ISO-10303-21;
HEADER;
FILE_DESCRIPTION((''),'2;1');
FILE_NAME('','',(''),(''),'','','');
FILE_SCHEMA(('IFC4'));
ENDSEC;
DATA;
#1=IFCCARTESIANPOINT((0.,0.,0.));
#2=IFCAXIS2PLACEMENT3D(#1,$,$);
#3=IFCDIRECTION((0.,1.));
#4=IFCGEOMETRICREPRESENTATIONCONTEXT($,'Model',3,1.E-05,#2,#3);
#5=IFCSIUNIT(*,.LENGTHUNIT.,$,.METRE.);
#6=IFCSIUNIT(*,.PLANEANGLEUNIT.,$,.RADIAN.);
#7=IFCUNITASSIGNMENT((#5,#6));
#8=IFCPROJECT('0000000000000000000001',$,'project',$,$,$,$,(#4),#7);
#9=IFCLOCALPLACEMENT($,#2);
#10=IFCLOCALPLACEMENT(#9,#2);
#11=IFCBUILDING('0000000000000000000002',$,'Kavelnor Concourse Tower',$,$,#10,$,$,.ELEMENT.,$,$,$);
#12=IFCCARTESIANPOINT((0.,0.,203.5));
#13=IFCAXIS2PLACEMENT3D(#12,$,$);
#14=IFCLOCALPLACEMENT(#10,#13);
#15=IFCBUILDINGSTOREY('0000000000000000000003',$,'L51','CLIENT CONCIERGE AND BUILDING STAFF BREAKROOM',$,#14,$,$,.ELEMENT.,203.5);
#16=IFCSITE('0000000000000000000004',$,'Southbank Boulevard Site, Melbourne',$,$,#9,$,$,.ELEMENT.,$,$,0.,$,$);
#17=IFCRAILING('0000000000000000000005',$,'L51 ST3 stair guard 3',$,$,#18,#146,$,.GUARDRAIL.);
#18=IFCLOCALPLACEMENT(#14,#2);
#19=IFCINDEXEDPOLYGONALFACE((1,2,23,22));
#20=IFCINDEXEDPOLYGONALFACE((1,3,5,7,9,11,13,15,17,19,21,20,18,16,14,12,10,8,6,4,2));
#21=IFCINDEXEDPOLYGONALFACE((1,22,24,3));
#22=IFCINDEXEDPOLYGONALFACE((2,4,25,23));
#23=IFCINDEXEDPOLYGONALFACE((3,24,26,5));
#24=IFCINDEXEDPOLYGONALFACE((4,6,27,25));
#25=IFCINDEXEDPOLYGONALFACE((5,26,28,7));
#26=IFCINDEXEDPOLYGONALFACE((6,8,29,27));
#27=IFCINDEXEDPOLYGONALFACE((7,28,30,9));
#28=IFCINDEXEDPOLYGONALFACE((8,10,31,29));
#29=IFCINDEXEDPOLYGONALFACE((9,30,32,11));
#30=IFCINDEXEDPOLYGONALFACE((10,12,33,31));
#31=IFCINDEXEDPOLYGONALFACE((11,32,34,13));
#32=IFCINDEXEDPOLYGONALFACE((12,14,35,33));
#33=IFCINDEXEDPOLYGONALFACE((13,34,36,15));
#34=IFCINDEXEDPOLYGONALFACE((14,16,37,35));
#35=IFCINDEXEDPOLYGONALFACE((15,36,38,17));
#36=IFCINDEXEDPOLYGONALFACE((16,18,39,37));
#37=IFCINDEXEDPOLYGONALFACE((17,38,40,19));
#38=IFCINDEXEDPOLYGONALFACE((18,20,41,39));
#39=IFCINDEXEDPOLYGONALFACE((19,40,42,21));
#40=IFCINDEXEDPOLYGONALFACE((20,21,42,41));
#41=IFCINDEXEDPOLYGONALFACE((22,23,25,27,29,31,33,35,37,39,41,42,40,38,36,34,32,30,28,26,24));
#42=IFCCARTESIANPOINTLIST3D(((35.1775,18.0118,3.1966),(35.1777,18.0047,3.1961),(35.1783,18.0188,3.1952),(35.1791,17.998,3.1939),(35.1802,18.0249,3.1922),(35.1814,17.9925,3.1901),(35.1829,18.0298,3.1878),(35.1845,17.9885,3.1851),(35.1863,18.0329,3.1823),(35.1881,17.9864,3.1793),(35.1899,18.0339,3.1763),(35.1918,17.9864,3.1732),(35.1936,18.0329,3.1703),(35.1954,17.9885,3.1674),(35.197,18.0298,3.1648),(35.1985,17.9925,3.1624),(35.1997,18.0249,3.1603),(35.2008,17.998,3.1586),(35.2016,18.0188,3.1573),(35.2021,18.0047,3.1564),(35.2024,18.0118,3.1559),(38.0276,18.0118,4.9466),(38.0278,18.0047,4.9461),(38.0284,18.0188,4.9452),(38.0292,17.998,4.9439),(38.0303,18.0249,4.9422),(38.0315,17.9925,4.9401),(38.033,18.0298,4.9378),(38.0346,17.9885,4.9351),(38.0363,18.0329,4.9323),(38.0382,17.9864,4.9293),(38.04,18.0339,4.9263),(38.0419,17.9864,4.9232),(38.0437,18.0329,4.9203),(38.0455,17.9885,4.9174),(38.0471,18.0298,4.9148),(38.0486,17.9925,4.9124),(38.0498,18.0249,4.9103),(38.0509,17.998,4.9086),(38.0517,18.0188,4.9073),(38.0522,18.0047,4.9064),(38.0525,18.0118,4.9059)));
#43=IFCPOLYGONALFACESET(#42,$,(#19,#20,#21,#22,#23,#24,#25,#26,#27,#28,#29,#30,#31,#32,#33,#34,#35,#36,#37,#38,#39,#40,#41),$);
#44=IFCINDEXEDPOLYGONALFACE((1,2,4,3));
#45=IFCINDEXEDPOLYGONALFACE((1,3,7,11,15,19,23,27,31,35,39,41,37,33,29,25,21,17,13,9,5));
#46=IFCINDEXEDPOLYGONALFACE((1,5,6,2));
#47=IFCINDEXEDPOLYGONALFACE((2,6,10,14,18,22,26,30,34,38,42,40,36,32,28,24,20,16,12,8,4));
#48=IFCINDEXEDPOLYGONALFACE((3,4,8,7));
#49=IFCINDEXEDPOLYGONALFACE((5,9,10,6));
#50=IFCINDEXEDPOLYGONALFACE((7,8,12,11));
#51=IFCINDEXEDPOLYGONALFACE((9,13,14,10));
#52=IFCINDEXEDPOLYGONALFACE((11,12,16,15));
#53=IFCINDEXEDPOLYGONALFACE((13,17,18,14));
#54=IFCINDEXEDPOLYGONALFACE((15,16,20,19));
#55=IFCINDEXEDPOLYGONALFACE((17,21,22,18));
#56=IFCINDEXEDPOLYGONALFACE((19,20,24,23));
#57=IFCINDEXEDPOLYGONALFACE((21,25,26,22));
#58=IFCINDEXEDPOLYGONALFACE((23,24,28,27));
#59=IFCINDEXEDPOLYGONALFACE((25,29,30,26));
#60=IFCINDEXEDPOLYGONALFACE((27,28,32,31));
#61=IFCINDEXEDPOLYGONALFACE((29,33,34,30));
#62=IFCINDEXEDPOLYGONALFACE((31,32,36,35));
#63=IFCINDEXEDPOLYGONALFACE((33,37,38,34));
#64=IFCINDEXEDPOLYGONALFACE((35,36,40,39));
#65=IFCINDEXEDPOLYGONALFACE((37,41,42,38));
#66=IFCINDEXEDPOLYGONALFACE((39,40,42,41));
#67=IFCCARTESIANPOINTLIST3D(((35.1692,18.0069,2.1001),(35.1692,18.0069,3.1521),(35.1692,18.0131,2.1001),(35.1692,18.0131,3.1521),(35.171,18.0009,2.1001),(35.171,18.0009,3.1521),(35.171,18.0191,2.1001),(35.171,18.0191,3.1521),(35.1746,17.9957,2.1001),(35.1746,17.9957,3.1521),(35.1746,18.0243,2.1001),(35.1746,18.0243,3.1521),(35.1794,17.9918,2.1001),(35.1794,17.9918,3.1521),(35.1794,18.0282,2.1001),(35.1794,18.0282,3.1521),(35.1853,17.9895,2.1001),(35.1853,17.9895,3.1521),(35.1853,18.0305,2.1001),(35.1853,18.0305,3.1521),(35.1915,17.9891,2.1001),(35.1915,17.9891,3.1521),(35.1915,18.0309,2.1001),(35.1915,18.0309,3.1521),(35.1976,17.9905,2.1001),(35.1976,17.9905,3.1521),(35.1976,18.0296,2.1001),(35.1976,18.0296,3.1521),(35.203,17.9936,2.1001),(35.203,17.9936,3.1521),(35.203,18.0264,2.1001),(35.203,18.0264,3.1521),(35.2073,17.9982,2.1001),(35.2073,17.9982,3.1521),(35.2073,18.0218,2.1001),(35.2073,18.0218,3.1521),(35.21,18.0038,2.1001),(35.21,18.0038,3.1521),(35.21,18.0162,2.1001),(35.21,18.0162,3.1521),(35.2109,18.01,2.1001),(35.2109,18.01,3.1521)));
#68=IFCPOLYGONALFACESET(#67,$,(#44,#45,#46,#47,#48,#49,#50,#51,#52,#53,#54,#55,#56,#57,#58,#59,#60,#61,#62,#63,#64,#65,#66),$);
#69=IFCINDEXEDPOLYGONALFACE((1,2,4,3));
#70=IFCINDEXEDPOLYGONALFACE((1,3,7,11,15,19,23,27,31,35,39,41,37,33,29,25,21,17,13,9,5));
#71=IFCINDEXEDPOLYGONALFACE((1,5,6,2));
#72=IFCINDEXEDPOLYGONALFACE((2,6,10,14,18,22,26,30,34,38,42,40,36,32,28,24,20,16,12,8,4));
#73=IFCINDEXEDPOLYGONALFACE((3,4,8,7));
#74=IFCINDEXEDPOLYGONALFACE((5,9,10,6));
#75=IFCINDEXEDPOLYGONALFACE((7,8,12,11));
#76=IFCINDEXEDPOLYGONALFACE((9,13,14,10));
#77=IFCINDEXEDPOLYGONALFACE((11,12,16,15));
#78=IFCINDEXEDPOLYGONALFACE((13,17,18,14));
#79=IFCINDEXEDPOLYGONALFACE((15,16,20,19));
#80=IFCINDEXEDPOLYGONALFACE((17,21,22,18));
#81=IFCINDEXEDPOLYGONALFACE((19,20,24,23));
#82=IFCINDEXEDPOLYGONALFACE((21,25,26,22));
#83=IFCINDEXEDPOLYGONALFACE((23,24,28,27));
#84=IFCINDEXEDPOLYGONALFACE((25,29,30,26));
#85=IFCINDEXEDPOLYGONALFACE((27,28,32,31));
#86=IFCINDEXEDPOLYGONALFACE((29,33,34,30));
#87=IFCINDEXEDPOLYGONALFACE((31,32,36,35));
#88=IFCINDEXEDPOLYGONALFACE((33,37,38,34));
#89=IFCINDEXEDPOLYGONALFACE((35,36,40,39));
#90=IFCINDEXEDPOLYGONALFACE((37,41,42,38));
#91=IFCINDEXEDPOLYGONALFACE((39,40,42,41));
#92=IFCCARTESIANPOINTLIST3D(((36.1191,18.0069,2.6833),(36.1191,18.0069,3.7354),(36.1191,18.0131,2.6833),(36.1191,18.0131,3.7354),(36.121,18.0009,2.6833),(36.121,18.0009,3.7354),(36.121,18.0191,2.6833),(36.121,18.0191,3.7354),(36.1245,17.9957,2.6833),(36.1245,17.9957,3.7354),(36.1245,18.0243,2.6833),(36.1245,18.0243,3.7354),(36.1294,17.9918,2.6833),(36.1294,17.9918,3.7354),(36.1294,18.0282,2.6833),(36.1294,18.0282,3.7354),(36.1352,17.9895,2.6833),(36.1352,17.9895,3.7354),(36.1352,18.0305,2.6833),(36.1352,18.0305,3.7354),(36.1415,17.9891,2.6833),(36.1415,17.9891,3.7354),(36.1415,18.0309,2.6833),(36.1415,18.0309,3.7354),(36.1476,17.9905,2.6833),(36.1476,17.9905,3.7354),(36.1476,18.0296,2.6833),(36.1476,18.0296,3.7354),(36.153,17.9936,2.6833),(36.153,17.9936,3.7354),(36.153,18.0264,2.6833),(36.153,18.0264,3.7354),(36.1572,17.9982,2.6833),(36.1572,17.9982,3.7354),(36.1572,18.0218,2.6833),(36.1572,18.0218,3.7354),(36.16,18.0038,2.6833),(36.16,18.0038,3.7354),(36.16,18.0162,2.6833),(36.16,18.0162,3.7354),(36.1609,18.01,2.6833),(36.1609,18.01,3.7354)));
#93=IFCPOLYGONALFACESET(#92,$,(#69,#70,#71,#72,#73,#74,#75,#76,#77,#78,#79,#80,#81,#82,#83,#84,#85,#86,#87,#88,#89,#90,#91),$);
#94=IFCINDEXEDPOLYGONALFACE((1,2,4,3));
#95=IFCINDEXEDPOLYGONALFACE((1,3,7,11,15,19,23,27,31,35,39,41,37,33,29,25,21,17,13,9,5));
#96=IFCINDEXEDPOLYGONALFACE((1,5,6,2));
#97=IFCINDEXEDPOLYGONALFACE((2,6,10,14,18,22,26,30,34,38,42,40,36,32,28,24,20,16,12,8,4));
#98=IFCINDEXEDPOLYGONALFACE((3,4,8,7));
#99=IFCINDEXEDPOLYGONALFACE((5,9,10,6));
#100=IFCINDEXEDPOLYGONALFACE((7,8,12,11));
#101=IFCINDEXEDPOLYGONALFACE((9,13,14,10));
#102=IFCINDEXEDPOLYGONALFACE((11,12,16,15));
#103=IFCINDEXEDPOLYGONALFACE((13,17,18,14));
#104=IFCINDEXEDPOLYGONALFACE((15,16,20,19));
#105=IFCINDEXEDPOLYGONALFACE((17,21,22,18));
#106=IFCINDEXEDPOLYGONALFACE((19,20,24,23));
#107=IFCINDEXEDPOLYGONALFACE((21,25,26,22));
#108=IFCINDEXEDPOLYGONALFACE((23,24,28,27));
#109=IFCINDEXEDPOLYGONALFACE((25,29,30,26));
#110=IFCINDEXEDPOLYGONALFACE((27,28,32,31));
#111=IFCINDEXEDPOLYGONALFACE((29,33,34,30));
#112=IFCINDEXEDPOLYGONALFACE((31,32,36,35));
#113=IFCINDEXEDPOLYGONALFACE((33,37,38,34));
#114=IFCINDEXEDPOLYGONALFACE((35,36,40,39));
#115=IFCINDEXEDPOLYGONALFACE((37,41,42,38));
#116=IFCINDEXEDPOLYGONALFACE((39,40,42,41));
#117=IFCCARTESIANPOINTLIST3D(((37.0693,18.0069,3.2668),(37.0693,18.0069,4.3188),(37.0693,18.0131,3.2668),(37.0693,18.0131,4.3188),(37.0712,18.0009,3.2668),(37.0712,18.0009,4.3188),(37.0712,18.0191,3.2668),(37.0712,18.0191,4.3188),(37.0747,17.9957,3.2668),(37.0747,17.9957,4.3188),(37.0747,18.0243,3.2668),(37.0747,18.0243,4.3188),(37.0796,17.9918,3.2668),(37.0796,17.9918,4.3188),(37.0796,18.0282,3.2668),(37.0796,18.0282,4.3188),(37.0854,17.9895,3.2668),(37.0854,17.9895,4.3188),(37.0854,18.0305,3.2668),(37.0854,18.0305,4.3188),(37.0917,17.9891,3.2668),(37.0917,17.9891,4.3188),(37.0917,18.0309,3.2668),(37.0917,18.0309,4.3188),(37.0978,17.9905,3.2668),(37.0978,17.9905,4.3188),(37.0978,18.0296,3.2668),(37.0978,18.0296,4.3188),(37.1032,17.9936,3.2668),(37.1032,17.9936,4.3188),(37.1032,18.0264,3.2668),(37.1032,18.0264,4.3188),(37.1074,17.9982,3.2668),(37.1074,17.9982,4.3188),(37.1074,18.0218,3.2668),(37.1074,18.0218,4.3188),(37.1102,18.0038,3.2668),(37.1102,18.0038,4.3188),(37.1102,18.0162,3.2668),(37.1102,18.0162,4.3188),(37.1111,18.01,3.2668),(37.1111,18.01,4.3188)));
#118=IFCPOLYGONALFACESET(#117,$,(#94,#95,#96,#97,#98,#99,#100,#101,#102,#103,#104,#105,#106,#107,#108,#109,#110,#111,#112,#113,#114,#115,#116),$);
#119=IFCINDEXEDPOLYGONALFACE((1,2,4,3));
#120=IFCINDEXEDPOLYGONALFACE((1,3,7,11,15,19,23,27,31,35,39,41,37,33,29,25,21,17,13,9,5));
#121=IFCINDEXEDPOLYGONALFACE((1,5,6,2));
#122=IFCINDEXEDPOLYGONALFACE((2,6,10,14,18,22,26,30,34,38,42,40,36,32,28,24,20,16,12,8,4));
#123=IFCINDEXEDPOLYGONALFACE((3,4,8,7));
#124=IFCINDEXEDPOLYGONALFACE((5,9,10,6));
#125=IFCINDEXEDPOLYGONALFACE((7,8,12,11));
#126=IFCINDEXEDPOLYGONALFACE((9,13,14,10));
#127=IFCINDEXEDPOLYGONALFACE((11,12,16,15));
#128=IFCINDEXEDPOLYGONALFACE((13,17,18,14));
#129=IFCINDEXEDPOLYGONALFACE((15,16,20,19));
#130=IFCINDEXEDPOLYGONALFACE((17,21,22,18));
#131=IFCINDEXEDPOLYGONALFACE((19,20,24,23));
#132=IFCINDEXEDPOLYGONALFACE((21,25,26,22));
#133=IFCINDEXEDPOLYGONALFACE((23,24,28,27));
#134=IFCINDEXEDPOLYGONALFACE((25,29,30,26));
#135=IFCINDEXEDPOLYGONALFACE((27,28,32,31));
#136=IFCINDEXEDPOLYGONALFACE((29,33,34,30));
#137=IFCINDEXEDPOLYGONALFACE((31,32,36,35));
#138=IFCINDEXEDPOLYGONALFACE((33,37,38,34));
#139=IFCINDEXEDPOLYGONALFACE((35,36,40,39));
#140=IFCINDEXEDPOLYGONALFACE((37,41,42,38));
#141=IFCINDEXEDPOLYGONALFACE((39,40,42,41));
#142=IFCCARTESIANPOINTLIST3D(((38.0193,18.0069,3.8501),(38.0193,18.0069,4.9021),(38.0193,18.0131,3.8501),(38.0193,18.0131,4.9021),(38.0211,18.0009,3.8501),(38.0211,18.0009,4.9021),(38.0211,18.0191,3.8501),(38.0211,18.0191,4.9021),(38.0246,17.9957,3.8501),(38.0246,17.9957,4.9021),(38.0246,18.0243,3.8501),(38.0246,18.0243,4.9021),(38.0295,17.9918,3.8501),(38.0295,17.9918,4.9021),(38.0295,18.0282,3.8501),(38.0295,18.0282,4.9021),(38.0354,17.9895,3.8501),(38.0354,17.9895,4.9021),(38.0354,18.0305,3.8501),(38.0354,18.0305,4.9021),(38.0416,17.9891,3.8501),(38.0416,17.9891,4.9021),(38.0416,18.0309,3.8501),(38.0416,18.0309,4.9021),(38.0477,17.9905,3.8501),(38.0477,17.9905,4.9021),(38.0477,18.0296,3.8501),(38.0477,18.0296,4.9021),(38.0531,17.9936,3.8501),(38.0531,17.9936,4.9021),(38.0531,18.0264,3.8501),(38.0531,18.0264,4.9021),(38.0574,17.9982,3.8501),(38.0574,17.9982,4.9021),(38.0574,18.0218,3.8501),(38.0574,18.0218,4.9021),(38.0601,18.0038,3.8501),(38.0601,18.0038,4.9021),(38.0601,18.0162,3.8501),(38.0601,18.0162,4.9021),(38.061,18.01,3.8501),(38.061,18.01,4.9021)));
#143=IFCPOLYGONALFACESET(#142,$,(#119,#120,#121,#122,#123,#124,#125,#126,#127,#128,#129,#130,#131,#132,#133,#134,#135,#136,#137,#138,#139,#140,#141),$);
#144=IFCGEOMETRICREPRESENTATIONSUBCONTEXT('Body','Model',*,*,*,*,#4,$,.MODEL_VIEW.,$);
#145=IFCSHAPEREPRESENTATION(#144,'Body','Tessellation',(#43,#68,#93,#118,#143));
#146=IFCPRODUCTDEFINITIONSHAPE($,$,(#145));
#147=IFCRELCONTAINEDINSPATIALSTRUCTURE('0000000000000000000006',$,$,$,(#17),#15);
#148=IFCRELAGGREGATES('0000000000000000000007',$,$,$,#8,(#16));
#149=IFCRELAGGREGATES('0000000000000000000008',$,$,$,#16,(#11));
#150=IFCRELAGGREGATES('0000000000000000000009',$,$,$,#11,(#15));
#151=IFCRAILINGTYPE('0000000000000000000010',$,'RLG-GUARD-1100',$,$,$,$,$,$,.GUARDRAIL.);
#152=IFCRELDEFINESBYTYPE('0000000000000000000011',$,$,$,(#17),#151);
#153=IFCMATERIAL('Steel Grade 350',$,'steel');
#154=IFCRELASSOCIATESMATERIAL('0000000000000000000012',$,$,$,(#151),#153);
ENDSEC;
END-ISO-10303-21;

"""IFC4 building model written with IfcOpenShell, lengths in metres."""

from ifc_helpers import new_model, si_unit, direction, frame, origin, origin_2d, place, context, subcontext, project, spatial, circle, extrude, material, type_object, element, save


model = new_model("IFC4")

# Units and contexts
model_context = context("Model", 3, precision=1e-05, world=origin(), true_north=direction((0.0, 1.0)))
body_context = subcontext(model_context, "Body", "Model", "MODEL_VIEW")
ifc_project = project(units=[si_unit("LENGTHUNIT", "METRE"), si_unit("PLANEANGLEUNIT", "RADIAN")], contexts=[model_context])

# Site, building, storey
site_placement = place(None, origin())
site = spatial("IfcSite", under=ifc_project, at=site_placement, Name="Southbank Boulevard Site, Melbourne", CompositionType="ELEMENT", RefElevation=0.0)
building_placement = place(site_placement, origin())
building = spatial("IfcBuilding", under=site, at=building_placement, Name="Kavelnor Concourse Tower", CompositionType="ELEMENT")
storey_placement = place(building_placement, frame((0.0, 0.0, 203.5)))
storey = spatial("IfcBuildingStorey", under=building, at=storey_placement, Name="L51", Description="CLIENT CONCIERGE AND BUILDING STAFF BREAKROOM", CompositionType="ELEMENT", Elevation=203.5)

# Shared definitions
ifc_material_1 = material(Name="Steel Grade 350", Category="steel")

# Railing
railing_type = type_object("IfcRailingType", Name="RLG-GUARD-1100", PredefinedType="GUARDRAIL", material=ifc_material_1)
railing_1_placement = place(storey_placement, frame((35.1899, 18.01, 2.1001)))
element("IfcRailing", 1, at=railing_1_placement, inside=storey, type_object=railing_type, Name="L51 ST3 stair guard 3", PredefinedType="GUARDRAIL", context=body_context, shape_type="SweptSolid", body=[
    extrude(circle(Radius=0.0239, at=origin_2d()), frame((0.0, 0.0, 1.0762), z_axis=(0.852179, 0.0, 0.52325), x_axis=(0.0, 1.0, 0.0)), (0.0, 0.0, 1.0), 3.3445),
    extrude(circle(Radius=0.021, at=origin_2d()), origin(), (0.0, 0.0, 1.0), 1.052),
    extrude(circle(Radius=0.021, at=origin_2d()), frame((0.95, 0.0, 0.5833)), (0.0, 0.0, 1.0), 1.052),
    extrude(circle(Radius=0.021, at=origin_2d()), frame((1.9001, 0.0, 1.1667)), (0.0, 0.0, 1.0), 1.052),
    extrude(circle(Radius=0.021, at=origin_2d()), frame((2.8501, 0.0, 1.75)), (0.0, 0.0, 1.0), 1.052),
])

save(model, "model.ifc")
